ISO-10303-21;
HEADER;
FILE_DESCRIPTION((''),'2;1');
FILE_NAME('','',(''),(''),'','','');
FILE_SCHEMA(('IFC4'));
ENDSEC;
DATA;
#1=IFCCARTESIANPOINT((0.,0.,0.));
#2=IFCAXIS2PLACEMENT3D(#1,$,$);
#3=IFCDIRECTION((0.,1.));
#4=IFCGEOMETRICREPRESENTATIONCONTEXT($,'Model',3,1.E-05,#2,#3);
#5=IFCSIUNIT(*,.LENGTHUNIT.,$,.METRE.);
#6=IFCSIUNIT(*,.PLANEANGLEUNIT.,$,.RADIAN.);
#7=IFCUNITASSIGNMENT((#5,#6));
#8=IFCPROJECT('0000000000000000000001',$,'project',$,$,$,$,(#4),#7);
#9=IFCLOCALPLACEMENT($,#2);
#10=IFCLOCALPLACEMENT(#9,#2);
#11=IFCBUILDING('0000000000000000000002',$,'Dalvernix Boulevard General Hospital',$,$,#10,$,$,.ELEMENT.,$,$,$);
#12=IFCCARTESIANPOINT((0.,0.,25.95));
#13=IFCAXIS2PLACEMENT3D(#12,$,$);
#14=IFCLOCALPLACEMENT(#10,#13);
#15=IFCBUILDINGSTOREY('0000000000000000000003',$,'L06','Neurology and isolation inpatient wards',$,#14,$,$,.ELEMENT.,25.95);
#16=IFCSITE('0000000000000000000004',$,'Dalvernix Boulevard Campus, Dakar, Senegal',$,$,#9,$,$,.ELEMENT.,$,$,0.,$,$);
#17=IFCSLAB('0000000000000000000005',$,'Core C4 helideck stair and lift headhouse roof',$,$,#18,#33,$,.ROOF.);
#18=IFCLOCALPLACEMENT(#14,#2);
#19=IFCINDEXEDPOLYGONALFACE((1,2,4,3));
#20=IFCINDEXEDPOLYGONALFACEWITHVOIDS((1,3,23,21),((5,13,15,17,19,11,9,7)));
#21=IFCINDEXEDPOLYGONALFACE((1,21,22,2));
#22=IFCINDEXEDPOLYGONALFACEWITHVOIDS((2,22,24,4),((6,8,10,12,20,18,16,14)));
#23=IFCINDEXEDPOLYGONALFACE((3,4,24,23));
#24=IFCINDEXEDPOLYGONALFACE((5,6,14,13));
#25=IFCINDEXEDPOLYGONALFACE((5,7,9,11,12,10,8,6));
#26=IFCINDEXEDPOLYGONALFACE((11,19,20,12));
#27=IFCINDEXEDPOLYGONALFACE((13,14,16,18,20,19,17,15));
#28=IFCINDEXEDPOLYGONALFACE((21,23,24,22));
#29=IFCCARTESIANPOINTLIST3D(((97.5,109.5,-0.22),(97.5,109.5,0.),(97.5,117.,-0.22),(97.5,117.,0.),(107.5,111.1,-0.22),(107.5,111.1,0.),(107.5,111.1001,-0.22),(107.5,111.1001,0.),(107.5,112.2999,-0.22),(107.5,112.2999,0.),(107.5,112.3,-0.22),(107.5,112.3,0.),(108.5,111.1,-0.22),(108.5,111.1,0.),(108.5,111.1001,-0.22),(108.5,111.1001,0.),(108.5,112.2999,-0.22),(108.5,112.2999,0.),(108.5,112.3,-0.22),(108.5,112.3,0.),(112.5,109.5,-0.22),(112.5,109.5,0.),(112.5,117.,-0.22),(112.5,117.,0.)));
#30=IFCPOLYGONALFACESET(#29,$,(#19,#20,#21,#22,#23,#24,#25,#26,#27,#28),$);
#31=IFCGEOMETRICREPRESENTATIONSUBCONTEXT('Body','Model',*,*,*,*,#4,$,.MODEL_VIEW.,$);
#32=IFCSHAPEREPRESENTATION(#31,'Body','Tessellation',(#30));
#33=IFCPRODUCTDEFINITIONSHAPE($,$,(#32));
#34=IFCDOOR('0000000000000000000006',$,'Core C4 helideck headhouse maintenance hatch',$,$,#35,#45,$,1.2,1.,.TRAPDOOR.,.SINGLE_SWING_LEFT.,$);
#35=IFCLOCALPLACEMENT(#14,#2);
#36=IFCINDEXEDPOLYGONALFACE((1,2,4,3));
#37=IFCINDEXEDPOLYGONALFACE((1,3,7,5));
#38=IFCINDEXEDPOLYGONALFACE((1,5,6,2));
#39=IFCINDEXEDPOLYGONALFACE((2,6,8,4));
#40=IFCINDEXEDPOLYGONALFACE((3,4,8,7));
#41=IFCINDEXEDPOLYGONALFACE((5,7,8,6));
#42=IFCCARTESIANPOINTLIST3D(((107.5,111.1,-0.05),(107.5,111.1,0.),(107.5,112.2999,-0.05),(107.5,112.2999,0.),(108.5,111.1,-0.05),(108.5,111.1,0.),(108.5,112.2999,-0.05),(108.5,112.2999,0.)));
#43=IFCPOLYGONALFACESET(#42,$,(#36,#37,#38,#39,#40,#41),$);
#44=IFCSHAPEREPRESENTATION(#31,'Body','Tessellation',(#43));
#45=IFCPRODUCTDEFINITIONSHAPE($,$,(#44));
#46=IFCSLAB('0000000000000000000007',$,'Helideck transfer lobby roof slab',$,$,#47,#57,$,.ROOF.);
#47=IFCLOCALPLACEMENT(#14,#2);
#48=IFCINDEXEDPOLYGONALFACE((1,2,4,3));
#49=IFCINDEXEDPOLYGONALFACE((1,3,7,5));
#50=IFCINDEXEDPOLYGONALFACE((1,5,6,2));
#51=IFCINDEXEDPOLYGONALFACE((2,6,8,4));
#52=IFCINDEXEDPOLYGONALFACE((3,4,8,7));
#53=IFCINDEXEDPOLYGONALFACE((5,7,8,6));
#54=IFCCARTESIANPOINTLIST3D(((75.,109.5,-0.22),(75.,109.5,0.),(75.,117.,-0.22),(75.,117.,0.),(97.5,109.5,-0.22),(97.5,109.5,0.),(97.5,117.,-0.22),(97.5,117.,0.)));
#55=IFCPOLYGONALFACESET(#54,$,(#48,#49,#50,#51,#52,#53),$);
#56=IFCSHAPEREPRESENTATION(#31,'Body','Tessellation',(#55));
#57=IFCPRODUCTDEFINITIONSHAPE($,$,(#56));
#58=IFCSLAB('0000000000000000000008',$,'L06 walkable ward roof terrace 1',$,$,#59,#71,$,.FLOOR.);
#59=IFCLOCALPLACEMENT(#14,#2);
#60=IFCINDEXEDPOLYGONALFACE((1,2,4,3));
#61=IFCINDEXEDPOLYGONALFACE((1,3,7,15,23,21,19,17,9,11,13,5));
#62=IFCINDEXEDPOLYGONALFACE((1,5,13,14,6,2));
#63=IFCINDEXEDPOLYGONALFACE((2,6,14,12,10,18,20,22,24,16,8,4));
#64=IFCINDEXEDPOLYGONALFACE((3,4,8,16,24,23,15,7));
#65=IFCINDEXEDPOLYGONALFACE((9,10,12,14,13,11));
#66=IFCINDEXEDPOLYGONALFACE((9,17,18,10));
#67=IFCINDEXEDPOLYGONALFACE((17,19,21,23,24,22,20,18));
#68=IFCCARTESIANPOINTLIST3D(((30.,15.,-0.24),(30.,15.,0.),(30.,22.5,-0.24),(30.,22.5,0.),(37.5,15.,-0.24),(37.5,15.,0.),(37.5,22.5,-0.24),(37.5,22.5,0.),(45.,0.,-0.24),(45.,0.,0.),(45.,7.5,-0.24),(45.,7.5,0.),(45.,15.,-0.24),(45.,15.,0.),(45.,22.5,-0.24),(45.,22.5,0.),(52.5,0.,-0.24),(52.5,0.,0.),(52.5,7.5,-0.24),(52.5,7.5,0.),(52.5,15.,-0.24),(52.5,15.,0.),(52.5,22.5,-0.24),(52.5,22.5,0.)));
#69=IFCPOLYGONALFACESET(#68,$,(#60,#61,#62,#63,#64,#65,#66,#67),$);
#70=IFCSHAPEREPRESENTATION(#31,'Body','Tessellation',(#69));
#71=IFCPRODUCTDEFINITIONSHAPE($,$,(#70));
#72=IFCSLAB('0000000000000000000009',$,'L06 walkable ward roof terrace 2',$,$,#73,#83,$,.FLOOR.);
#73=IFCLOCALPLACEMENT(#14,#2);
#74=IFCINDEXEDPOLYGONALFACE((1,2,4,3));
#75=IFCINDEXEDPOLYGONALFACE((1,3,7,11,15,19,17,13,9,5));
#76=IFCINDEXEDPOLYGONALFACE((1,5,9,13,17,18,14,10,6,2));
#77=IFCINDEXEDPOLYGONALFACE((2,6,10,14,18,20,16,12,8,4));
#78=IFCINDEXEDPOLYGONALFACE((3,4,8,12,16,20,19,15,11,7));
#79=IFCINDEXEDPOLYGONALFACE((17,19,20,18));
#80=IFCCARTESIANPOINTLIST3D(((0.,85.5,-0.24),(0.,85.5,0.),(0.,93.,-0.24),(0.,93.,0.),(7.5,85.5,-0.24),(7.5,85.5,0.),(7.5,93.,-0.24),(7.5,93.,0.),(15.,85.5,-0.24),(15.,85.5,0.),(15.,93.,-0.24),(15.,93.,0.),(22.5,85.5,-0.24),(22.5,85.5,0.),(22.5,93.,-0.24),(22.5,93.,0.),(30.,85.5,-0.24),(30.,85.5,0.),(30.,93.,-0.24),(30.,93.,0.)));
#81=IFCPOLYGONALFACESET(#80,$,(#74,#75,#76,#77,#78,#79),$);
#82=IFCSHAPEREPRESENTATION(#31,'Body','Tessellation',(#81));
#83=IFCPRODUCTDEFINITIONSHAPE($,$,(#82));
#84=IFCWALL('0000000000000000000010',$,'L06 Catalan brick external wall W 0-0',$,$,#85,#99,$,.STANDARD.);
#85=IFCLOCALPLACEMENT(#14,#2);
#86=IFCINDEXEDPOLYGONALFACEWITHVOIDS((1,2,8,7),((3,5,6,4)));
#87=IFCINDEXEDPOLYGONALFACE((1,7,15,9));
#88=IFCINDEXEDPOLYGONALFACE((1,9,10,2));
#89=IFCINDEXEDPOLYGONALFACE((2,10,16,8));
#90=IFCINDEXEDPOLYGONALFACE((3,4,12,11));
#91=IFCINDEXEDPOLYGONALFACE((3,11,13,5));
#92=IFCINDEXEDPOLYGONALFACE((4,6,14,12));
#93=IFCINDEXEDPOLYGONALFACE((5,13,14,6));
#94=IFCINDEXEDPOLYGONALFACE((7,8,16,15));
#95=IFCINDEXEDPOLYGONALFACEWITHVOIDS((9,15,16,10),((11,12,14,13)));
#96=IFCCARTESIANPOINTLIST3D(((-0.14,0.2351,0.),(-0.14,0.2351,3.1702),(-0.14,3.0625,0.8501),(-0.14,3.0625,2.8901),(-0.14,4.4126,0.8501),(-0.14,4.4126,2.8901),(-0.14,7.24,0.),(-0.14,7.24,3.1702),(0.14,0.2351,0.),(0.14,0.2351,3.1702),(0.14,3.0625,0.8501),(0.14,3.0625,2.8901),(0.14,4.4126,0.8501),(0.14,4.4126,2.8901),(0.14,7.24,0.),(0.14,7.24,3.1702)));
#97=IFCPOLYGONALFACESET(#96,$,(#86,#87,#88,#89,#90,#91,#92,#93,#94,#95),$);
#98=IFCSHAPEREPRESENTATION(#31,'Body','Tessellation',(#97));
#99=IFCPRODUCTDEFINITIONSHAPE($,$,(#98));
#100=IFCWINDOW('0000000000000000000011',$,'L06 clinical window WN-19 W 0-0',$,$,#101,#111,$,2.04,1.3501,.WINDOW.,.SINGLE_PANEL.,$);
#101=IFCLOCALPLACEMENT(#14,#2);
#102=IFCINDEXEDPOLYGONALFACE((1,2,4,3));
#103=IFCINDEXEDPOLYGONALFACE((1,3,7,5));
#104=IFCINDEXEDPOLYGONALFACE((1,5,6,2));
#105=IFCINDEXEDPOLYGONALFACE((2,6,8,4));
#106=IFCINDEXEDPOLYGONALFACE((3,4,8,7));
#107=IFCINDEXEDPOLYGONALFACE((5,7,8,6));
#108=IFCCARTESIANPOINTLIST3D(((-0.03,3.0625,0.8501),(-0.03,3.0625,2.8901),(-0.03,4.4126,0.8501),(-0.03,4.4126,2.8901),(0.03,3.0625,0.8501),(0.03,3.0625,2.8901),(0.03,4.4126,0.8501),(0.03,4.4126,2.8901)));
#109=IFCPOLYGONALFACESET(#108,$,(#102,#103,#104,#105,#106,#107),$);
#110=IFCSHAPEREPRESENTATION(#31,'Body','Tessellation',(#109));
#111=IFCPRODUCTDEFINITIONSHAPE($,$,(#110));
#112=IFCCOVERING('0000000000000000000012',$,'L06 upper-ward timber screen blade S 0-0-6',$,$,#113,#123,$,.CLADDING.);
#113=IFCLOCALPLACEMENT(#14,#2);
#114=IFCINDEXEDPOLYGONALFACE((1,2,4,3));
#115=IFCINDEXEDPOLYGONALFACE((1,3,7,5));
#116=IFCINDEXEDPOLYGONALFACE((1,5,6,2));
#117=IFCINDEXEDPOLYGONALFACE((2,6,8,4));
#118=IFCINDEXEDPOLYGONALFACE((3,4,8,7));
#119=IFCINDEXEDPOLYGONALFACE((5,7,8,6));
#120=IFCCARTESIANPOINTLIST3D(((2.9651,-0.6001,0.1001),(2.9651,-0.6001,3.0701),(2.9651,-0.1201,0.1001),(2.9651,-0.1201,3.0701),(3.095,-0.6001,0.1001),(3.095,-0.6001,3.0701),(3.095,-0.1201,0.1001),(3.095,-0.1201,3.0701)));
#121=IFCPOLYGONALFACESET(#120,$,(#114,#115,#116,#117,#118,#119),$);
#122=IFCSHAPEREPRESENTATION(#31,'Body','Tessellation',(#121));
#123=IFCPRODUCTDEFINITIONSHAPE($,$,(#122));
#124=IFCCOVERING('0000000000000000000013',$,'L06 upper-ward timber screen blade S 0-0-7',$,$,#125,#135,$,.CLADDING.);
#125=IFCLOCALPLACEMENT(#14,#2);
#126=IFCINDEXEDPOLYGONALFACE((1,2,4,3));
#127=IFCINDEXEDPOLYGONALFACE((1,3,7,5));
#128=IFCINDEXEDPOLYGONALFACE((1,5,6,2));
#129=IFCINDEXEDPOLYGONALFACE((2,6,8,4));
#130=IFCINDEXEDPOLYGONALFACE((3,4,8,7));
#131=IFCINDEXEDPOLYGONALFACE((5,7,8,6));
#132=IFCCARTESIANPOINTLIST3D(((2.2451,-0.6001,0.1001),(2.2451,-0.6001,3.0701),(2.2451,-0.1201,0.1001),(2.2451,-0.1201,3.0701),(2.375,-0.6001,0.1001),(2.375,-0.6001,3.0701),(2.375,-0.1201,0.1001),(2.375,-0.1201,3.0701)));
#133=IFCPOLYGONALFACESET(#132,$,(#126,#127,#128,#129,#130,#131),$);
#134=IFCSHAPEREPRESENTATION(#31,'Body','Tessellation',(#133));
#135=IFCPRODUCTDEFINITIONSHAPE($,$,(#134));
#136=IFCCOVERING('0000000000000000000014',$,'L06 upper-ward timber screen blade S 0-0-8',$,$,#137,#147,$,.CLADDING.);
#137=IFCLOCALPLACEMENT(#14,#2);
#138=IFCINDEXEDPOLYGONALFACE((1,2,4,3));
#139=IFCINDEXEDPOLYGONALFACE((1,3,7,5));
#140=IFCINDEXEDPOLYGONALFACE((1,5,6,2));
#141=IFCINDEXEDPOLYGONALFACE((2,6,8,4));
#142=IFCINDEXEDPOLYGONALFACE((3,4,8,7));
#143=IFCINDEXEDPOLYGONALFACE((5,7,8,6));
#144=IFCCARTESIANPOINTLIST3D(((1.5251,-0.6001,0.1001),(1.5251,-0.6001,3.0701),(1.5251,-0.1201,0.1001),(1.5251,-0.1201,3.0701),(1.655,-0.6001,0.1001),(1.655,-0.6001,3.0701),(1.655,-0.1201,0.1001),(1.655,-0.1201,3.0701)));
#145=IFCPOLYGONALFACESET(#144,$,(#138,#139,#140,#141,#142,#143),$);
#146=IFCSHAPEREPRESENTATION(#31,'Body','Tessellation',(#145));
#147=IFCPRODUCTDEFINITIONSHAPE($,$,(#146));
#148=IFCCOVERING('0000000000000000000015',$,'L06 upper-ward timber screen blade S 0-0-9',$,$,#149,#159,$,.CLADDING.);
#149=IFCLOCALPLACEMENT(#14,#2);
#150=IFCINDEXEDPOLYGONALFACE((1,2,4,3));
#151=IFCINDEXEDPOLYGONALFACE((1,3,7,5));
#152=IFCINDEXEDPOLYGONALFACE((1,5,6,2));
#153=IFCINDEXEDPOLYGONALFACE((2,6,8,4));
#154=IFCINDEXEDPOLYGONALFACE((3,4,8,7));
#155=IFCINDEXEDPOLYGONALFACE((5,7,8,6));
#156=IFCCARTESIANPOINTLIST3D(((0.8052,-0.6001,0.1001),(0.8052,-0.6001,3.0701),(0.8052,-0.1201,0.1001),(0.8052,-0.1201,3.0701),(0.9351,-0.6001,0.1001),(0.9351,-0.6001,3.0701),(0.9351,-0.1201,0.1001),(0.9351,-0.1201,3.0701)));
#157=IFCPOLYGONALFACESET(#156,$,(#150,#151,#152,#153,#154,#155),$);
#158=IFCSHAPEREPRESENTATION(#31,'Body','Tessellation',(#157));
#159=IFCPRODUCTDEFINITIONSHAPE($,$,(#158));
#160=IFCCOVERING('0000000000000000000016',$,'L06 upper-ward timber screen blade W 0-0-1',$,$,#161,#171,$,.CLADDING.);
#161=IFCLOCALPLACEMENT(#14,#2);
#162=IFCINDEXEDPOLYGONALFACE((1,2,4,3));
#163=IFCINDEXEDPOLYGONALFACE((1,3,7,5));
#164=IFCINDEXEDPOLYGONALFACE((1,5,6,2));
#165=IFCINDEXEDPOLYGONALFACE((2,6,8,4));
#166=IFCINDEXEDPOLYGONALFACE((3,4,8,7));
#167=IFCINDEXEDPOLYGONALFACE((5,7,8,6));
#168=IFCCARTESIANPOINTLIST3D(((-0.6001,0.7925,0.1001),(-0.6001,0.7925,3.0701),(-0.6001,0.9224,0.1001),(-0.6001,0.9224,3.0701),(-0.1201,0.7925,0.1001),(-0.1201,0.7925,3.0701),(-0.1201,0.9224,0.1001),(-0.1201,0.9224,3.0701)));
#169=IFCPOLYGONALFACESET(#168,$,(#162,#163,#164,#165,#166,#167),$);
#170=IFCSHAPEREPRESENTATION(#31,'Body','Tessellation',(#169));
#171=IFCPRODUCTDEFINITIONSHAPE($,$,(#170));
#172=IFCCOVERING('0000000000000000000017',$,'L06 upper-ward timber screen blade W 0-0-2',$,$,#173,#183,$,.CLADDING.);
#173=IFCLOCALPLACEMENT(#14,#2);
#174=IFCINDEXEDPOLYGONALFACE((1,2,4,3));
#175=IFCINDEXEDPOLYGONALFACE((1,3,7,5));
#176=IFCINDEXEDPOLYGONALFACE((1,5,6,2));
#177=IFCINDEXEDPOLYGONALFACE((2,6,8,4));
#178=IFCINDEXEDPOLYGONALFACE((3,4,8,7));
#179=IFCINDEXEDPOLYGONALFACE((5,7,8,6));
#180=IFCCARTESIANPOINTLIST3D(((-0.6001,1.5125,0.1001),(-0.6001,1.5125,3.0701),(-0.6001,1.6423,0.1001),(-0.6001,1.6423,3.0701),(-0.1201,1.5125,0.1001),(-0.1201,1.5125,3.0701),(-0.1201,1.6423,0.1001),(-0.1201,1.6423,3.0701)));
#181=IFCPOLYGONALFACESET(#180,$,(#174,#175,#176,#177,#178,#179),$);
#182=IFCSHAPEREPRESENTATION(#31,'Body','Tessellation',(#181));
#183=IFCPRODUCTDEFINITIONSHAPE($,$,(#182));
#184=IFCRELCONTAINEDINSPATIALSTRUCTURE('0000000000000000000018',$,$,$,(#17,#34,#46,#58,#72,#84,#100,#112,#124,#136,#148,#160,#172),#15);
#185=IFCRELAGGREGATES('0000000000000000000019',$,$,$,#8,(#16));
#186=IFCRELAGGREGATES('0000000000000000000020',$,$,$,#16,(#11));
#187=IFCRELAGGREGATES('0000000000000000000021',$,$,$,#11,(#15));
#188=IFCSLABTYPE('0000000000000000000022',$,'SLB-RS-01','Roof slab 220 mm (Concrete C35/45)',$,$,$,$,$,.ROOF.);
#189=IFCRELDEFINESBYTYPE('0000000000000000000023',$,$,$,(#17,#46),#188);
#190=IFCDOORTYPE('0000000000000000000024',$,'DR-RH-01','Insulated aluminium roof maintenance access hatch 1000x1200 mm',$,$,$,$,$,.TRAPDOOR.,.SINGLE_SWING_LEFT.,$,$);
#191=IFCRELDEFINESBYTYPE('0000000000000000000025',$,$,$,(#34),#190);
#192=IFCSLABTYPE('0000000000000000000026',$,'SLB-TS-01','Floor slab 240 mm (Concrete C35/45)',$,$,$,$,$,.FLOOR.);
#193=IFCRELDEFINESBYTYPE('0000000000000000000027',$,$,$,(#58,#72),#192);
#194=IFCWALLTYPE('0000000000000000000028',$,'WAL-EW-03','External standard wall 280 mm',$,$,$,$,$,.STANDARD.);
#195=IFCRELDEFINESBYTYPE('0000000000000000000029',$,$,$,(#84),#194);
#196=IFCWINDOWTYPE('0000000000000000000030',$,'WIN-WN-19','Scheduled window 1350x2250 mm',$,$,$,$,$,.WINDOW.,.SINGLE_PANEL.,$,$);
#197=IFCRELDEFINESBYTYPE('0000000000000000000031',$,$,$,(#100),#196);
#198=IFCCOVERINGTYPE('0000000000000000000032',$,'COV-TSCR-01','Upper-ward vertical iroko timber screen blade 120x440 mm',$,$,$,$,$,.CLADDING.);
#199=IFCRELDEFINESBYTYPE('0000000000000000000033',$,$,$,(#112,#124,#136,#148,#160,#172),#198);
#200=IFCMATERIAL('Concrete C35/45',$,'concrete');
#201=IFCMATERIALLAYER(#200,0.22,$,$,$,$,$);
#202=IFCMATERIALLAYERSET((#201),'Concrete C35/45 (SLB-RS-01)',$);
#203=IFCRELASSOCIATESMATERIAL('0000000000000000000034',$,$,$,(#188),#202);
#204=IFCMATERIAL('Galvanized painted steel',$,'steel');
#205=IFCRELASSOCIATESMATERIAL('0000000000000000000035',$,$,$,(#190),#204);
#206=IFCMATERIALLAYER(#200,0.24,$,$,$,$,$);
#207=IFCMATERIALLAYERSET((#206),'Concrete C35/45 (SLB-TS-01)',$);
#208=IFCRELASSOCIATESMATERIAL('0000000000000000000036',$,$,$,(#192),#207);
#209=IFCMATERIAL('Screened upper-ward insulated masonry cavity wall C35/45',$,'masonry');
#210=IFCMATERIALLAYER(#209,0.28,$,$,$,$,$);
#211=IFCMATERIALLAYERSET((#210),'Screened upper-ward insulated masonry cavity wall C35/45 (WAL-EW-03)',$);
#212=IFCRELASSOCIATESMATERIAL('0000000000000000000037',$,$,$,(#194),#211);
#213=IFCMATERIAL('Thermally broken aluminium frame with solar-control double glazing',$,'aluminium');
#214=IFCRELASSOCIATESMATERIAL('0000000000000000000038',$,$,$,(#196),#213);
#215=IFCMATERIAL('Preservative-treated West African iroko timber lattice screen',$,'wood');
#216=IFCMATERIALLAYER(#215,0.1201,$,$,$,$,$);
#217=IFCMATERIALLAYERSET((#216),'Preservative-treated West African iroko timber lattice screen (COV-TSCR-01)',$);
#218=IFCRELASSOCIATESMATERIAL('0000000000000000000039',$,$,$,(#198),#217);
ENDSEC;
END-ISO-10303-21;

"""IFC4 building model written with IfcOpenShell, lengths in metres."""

from ifc_helpers import new_model, si_unit, direction, frame, frame_2d, origin, origin_2d, place, context, subcontext, project, spatial, polyline, rectangle, outline, extrude, material, layer, layer_set, type_object, element, fill, save


model = new_model("IFC4")

# Units and contexts
model_context = context("Model", 3, precision=1e-05, world=origin(), true_north=direction((0.0, 1.0)))
body_context = subcontext(model_context, "Body", "Model", "MODEL_VIEW")
ifc_project = project(units=[si_unit("LENGTHUNIT", "METRE"), si_unit("PLANEANGLEUNIT", "RADIAN")], contexts=[model_context])

# Site, building, storey
site_placement = place(None, origin())
site = spatial("IfcSite", under=ifc_project, at=site_placement, Name="Dalvernix Boulevard Campus, Dakar, Senegal", CompositionType="ELEMENT", RefElevation=0.0)
building_placement = place(site_placement, origin())
building = spatial("IfcBuilding", under=site, at=building_placement, Name="Dalvernix Boulevard General Hospital", CompositionType="ELEMENT")
storey_placement = place(building_placement, frame((0.0, 0.0, 25.95)))
storey = spatial("IfcBuildingStorey", under=building, at=storey_placement, Name="L06", Description="Neurology and isolation inpatient wards", CompositionType="ELEMENT", Elevation=25.95)

# Shared definitions
ifc_material_1 = material(Name="Concrete C35/45", Category="concrete")

# Slab, opening, door
ifc_layer_1 = layer(ifc_material_1, 0.22)
ifc_layer_set_1 = layer_set([ifc_layer_1], Name="Concrete C35/45 (SLB-RS-01)")
slab_type_1 = type_object("IfcSlabType", Name="SLB-RS-01", Description="Roof slab 220 mm (Concrete C35/45)", PredefinedType="ROOF", material=ifc_layer_set_1)
ifc_material_2 = material(Name="Galvanized painted steel", Category="steel")
door_type = type_object("IfcDoorType", Name="DR-RH-01", Description="Insulated aluminium roof maintenance access hatch 1000x1200 mm", OperationType="SINGLE_SWING_LEFT", PredefinedType="TRAPDOOR", material=ifc_material_2)
slab_1_placement = place(storey_placement, frame((0.0, 0.0, -0.22)))
slab_1 = element("IfcSlab", 1, at=slab_1_placement, inside=storey, type_object=slab_type_1, Name="Core C4 helideck stair and lift headhouse roof", PredefinedType="ROOF", context=body_context, shape_type="SweptSolid", body=[
    extrude(outline(polyline([(97.5, 109.5), (112.5, 109.5), (112.5, 117.0), (97.5, 117.0), (97.5, 109.5)]), holes=[polyline([(107.5, 111.1001), (108.5, 111.1001), (108.5, 112.3), (107.5, 112.3), (107.5, 111.1001)])]), origin(), (0.0, 0.0, 1.0), 0.22),
])
opening_1_placement = place(slab_1_placement, frame((108.0, 111.7, 0.0)))
opening_1 = element("IfcOpeningElement", 2, at=opening_1_placement, cuts=slab_1, PredefinedType="OPENING", context=body_context, shape_type="SweptSolid", body=[
    extrude(rectangle(XDim=1.0, YDim=1.2, at=origin_2d()), origin(), (0.0, 0.0, 1.0), 0.22),
])
door_1_placement = place(opening_1_placement, frame((0.0, 0.0, 0.1699)))
door_1 = element("IfcDoor", 3, at=door_1_placement, inside=storey, type_object=door_type, Name="Core C4 helideck headhouse maintenance hatch", OperationType="SINGLE_SWING_LEFT", OverallHeight=1.2, OverallWidth=1.0, PredefinedType="TRAPDOOR", context=body_context, shape_type="SweptSolid", body=[
    extrude(rectangle(XDim=1.0, YDim=1.2, at=origin_2d()), origin(), (0.0, 0.0, 1.0), 0.05),
])
fill(opening_1, door_1)

# Slabs
slab_2_placement = place(storey_placement, frame((0.0, 0.0, -0.22)))
element("IfcSlab", 4, at=slab_2_placement, inside=storey, type_object=slab_type_1, Name="Helideck transfer lobby roof slab", PredefinedType="ROOF", context=body_context, shape_type="SweptSolid", body=[
    extrude(outline(polyline([(75.0, 109.5), (97.5, 109.5), (97.5, 117.0), (75.0, 117.0), (75.0, 109.5)])), origin(), (0.0, 0.0, 1.0), 0.22),
])
ifc_layer_2 = layer(ifc_material_1, 0.24)
ifc_layer_set_2 = layer_set([ifc_layer_2], Name="Concrete C35/45 (SLB-TS-01)")
slab_type_2 = type_object("IfcSlabType", Name="SLB-TS-01", Description="Floor slab 240 mm (Concrete C35/45)", PredefinedType="FLOOR", material=ifc_layer_set_2)
slab_3_placement = place(storey_placement, frame((0.0, 0.0, -0.24)))
element("IfcSlab", 5, at=slab_3_placement, inside=storey, type_object=slab_type_2, Name="L06 walkable ward roof terrace 1", PredefinedType="FLOOR", context=body_context, shape_type="SweptSolid", body=[
    extrude(outline(polyline([(45.0, 7.5), (45.0, 15.0), (37.5, 15.0), (30.0, 15.0), (30.0, 22.5), (37.5, 22.5), (45.0, 22.5), (52.5, 22.5), (52.5, 15.0), (52.5, 7.5), (52.5, 0.0), (45.0, 0.0), (45.0, 7.5)])), origin(), (0.0, 0.0, 1.0), 0.24),
])
slab_4_placement = place(storey_placement, frame((0.0, 0.0, -0.24)))
element("IfcSlab", 6, at=slab_4_placement, inside=storey, type_object=slab_type_2, Name="L06 walkable ward roof terrace 2", PredefinedType="FLOOR", context=body_context, shape_type="SweptSolid", body=[
    extrude(outline(polyline([(7.5, 93.0), (15.0, 93.0), (22.5, 93.0), (30.0, 93.0), (30.0, 85.5), (22.5, 85.5), (15.0, 85.5), (7.5, 85.5), (0.0, 85.5), (0.0, 93.0), (7.5, 93.0)])), origin(), (0.0, 0.0, 1.0), 0.24),
])

# Wall, opening, window
ifc_material_3 = material(Name="Screened upper-ward insulated masonry cavity wall C35/45", Category="masonry")
ifc_layer_3 = layer(ifc_material_3, 0.28)
ifc_layer_set_3 = layer_set([ifc_layer_3], Name="Screened upper-ward insulated masonry cavity wall C35/45 (WAL-EW-03)")
wall_type = type_object("IfcWallType", Name="WAL-EW-03", Description="External standard wall 280 mm", PredefinedType="STANDARD", material=ifc_layer_set_3)
wall_placement = place(storey_placement, frame((0.0, 0.2351, 0.0), z_axis=(0.0, 0.0, 1.0), x_axis=(0.0, 1.0, 0.0)))
wall = element("IfcWall", 7, at=wall_placement, inside=storey, type_object=wall_type, Name="L06 Catalan brick external wall W 0-0", PredefinedType="STANDARD", context=body_context, shape_type="SweptSolid", body=[
    extrude(rectangle(XDim=7.0049, YDim=0.28, at=frame_2d((3.5024, 0.0))), origin(), (0.0, 0.0, 1.0), 3.1702),
])
opening_2_placement = place(wall_placement, frame((2.8274, 0.0, 0.8501)))
opening_2 = element("IfcOpeningElement", 8, at=opening_2_placement, cuts=wall, PredefinedType="OPENING", context=body_context, shape_type="SweptSolid", body=[
    extrude(rectangle(XDim=1.3501, YDim=2.04, at=frame_2d((0.675, 1.02))), frame((0.0, 0.1499, 0.0), z_axis=(0.0, -1.0, 0.0), x_axis=(1.0, 0.0, 0.0)), (0.0, 0.0, 1.0), 0.3),
])
ifc_material_4 = material(Name="Thermally broken aluminium frame with solar-control double glazing", Category="aluminium")
window_type = type_object("IfcWindowType", Name="WIN-WN-19", Description="Scheduled window 1350x2250 mm", PartitioningType="SINGLE_PANEL", PredefinedType="WINDOW", material=ifc_material_4)
window_placement = place(opening_2_placement, origin())
window = element("IfcWindow", 9, at=window_placement, inside=storey, type_object=window_type, Name="L06 clinical window WN-19 W 0-0", OverallHeight=2.04, OverallWidth=1.3501, PartitioningType="SINGLE_PANEL", PredefinedType="WINDOW", context=body_context, shape_type="SweptSolid", body=[
    extrude(rectangle(XDim=1.3501, YDim=2.04, at=frame_2d((0.675, 1.02))), frame((0.0, 0.03, 0.0), z_axis=(0.0, -1.0, 0.0), x_axis=(1.0, 0.0, 0.0)), (0.0, 0.0, 1.0), 0.0601),
])
fill(opening_2, window)

# Coverings
ifc_material_5 = material(Name="Preservative-treated West African iroko timber lattice screen", Category="wood")
ifc_layer_4 = layer(ifc_material_5, 0.1201)
ifc_layer_set_4 = layer_set([ifc_layer_4], Name="Preservative-treated West African iroko timber lattice screen (COV-TSCR-01)")
covering_type = type_object("IfcCoveringType", Name="COV-TSCR-01", Description="Upper-ward vertical iroko timber screen blade 120x440 mm", PredefinedType="CLADDING", material=ifc_layer_set_4)
for number, where, z_axis, x_axis, name in (
    (10, (3.03, -0.3601, 0.1001), (0.0, 0.0, 1.0), (-1.0, 0.0, 0.0), "L06 upper-ward timber screen blade S 0-0-6"),
    (11, (2.3101, -0.3601, 0.1001), (0.0, 0.0, 1.0), (-1.0, 0.0, 0.0), "L06 upper-ward timber screen blade S 0-0-7"),
    (12, (1.5901, -0.3601, 0.1001), (0.0, 0.0, 1.0), (-1.0, 0.0, 0.0), "L06 upper-ward timber screen blade S 0-0-8"),
    (13, (0.8701, -0.3601, 0.1001), (0.0, 0.0, 1.0), (-1.0, 0.0, 0.0), "L06 upper-ward timber screen blade S 0-0-9"),
    (14, (-0.3601, 0.8574, 0.1001), (0.0, 0.0, 1.0), (0.0, 1.0, 0.0), "L06 upper-ward timber screen blade W 0-0-1"),
    (15, (-0.3601, 1.5774, 0.1001), (0.0, 0.0, 1.0), (0.0, 1.0, 0.0), "L06 upper-ward timber screen blade W 0-0-2"),
):
    element("IfcCovering", number, at=place(storey_placement, frame(where, z_axis=z_axis, x_axis=x_axis)), inside=storey, type_object=covering_type, Name=name, PredefinedType="CLADDING", context=body_context, shape_type="SweptSolid", body=[
        extrude(rectangle(XDim=0.1299, YDim=0.48, at=origin_2d()), origin(), (0.0, 0.0, 1.0), 2.97),
    ])

save(model, "model.ifc")
